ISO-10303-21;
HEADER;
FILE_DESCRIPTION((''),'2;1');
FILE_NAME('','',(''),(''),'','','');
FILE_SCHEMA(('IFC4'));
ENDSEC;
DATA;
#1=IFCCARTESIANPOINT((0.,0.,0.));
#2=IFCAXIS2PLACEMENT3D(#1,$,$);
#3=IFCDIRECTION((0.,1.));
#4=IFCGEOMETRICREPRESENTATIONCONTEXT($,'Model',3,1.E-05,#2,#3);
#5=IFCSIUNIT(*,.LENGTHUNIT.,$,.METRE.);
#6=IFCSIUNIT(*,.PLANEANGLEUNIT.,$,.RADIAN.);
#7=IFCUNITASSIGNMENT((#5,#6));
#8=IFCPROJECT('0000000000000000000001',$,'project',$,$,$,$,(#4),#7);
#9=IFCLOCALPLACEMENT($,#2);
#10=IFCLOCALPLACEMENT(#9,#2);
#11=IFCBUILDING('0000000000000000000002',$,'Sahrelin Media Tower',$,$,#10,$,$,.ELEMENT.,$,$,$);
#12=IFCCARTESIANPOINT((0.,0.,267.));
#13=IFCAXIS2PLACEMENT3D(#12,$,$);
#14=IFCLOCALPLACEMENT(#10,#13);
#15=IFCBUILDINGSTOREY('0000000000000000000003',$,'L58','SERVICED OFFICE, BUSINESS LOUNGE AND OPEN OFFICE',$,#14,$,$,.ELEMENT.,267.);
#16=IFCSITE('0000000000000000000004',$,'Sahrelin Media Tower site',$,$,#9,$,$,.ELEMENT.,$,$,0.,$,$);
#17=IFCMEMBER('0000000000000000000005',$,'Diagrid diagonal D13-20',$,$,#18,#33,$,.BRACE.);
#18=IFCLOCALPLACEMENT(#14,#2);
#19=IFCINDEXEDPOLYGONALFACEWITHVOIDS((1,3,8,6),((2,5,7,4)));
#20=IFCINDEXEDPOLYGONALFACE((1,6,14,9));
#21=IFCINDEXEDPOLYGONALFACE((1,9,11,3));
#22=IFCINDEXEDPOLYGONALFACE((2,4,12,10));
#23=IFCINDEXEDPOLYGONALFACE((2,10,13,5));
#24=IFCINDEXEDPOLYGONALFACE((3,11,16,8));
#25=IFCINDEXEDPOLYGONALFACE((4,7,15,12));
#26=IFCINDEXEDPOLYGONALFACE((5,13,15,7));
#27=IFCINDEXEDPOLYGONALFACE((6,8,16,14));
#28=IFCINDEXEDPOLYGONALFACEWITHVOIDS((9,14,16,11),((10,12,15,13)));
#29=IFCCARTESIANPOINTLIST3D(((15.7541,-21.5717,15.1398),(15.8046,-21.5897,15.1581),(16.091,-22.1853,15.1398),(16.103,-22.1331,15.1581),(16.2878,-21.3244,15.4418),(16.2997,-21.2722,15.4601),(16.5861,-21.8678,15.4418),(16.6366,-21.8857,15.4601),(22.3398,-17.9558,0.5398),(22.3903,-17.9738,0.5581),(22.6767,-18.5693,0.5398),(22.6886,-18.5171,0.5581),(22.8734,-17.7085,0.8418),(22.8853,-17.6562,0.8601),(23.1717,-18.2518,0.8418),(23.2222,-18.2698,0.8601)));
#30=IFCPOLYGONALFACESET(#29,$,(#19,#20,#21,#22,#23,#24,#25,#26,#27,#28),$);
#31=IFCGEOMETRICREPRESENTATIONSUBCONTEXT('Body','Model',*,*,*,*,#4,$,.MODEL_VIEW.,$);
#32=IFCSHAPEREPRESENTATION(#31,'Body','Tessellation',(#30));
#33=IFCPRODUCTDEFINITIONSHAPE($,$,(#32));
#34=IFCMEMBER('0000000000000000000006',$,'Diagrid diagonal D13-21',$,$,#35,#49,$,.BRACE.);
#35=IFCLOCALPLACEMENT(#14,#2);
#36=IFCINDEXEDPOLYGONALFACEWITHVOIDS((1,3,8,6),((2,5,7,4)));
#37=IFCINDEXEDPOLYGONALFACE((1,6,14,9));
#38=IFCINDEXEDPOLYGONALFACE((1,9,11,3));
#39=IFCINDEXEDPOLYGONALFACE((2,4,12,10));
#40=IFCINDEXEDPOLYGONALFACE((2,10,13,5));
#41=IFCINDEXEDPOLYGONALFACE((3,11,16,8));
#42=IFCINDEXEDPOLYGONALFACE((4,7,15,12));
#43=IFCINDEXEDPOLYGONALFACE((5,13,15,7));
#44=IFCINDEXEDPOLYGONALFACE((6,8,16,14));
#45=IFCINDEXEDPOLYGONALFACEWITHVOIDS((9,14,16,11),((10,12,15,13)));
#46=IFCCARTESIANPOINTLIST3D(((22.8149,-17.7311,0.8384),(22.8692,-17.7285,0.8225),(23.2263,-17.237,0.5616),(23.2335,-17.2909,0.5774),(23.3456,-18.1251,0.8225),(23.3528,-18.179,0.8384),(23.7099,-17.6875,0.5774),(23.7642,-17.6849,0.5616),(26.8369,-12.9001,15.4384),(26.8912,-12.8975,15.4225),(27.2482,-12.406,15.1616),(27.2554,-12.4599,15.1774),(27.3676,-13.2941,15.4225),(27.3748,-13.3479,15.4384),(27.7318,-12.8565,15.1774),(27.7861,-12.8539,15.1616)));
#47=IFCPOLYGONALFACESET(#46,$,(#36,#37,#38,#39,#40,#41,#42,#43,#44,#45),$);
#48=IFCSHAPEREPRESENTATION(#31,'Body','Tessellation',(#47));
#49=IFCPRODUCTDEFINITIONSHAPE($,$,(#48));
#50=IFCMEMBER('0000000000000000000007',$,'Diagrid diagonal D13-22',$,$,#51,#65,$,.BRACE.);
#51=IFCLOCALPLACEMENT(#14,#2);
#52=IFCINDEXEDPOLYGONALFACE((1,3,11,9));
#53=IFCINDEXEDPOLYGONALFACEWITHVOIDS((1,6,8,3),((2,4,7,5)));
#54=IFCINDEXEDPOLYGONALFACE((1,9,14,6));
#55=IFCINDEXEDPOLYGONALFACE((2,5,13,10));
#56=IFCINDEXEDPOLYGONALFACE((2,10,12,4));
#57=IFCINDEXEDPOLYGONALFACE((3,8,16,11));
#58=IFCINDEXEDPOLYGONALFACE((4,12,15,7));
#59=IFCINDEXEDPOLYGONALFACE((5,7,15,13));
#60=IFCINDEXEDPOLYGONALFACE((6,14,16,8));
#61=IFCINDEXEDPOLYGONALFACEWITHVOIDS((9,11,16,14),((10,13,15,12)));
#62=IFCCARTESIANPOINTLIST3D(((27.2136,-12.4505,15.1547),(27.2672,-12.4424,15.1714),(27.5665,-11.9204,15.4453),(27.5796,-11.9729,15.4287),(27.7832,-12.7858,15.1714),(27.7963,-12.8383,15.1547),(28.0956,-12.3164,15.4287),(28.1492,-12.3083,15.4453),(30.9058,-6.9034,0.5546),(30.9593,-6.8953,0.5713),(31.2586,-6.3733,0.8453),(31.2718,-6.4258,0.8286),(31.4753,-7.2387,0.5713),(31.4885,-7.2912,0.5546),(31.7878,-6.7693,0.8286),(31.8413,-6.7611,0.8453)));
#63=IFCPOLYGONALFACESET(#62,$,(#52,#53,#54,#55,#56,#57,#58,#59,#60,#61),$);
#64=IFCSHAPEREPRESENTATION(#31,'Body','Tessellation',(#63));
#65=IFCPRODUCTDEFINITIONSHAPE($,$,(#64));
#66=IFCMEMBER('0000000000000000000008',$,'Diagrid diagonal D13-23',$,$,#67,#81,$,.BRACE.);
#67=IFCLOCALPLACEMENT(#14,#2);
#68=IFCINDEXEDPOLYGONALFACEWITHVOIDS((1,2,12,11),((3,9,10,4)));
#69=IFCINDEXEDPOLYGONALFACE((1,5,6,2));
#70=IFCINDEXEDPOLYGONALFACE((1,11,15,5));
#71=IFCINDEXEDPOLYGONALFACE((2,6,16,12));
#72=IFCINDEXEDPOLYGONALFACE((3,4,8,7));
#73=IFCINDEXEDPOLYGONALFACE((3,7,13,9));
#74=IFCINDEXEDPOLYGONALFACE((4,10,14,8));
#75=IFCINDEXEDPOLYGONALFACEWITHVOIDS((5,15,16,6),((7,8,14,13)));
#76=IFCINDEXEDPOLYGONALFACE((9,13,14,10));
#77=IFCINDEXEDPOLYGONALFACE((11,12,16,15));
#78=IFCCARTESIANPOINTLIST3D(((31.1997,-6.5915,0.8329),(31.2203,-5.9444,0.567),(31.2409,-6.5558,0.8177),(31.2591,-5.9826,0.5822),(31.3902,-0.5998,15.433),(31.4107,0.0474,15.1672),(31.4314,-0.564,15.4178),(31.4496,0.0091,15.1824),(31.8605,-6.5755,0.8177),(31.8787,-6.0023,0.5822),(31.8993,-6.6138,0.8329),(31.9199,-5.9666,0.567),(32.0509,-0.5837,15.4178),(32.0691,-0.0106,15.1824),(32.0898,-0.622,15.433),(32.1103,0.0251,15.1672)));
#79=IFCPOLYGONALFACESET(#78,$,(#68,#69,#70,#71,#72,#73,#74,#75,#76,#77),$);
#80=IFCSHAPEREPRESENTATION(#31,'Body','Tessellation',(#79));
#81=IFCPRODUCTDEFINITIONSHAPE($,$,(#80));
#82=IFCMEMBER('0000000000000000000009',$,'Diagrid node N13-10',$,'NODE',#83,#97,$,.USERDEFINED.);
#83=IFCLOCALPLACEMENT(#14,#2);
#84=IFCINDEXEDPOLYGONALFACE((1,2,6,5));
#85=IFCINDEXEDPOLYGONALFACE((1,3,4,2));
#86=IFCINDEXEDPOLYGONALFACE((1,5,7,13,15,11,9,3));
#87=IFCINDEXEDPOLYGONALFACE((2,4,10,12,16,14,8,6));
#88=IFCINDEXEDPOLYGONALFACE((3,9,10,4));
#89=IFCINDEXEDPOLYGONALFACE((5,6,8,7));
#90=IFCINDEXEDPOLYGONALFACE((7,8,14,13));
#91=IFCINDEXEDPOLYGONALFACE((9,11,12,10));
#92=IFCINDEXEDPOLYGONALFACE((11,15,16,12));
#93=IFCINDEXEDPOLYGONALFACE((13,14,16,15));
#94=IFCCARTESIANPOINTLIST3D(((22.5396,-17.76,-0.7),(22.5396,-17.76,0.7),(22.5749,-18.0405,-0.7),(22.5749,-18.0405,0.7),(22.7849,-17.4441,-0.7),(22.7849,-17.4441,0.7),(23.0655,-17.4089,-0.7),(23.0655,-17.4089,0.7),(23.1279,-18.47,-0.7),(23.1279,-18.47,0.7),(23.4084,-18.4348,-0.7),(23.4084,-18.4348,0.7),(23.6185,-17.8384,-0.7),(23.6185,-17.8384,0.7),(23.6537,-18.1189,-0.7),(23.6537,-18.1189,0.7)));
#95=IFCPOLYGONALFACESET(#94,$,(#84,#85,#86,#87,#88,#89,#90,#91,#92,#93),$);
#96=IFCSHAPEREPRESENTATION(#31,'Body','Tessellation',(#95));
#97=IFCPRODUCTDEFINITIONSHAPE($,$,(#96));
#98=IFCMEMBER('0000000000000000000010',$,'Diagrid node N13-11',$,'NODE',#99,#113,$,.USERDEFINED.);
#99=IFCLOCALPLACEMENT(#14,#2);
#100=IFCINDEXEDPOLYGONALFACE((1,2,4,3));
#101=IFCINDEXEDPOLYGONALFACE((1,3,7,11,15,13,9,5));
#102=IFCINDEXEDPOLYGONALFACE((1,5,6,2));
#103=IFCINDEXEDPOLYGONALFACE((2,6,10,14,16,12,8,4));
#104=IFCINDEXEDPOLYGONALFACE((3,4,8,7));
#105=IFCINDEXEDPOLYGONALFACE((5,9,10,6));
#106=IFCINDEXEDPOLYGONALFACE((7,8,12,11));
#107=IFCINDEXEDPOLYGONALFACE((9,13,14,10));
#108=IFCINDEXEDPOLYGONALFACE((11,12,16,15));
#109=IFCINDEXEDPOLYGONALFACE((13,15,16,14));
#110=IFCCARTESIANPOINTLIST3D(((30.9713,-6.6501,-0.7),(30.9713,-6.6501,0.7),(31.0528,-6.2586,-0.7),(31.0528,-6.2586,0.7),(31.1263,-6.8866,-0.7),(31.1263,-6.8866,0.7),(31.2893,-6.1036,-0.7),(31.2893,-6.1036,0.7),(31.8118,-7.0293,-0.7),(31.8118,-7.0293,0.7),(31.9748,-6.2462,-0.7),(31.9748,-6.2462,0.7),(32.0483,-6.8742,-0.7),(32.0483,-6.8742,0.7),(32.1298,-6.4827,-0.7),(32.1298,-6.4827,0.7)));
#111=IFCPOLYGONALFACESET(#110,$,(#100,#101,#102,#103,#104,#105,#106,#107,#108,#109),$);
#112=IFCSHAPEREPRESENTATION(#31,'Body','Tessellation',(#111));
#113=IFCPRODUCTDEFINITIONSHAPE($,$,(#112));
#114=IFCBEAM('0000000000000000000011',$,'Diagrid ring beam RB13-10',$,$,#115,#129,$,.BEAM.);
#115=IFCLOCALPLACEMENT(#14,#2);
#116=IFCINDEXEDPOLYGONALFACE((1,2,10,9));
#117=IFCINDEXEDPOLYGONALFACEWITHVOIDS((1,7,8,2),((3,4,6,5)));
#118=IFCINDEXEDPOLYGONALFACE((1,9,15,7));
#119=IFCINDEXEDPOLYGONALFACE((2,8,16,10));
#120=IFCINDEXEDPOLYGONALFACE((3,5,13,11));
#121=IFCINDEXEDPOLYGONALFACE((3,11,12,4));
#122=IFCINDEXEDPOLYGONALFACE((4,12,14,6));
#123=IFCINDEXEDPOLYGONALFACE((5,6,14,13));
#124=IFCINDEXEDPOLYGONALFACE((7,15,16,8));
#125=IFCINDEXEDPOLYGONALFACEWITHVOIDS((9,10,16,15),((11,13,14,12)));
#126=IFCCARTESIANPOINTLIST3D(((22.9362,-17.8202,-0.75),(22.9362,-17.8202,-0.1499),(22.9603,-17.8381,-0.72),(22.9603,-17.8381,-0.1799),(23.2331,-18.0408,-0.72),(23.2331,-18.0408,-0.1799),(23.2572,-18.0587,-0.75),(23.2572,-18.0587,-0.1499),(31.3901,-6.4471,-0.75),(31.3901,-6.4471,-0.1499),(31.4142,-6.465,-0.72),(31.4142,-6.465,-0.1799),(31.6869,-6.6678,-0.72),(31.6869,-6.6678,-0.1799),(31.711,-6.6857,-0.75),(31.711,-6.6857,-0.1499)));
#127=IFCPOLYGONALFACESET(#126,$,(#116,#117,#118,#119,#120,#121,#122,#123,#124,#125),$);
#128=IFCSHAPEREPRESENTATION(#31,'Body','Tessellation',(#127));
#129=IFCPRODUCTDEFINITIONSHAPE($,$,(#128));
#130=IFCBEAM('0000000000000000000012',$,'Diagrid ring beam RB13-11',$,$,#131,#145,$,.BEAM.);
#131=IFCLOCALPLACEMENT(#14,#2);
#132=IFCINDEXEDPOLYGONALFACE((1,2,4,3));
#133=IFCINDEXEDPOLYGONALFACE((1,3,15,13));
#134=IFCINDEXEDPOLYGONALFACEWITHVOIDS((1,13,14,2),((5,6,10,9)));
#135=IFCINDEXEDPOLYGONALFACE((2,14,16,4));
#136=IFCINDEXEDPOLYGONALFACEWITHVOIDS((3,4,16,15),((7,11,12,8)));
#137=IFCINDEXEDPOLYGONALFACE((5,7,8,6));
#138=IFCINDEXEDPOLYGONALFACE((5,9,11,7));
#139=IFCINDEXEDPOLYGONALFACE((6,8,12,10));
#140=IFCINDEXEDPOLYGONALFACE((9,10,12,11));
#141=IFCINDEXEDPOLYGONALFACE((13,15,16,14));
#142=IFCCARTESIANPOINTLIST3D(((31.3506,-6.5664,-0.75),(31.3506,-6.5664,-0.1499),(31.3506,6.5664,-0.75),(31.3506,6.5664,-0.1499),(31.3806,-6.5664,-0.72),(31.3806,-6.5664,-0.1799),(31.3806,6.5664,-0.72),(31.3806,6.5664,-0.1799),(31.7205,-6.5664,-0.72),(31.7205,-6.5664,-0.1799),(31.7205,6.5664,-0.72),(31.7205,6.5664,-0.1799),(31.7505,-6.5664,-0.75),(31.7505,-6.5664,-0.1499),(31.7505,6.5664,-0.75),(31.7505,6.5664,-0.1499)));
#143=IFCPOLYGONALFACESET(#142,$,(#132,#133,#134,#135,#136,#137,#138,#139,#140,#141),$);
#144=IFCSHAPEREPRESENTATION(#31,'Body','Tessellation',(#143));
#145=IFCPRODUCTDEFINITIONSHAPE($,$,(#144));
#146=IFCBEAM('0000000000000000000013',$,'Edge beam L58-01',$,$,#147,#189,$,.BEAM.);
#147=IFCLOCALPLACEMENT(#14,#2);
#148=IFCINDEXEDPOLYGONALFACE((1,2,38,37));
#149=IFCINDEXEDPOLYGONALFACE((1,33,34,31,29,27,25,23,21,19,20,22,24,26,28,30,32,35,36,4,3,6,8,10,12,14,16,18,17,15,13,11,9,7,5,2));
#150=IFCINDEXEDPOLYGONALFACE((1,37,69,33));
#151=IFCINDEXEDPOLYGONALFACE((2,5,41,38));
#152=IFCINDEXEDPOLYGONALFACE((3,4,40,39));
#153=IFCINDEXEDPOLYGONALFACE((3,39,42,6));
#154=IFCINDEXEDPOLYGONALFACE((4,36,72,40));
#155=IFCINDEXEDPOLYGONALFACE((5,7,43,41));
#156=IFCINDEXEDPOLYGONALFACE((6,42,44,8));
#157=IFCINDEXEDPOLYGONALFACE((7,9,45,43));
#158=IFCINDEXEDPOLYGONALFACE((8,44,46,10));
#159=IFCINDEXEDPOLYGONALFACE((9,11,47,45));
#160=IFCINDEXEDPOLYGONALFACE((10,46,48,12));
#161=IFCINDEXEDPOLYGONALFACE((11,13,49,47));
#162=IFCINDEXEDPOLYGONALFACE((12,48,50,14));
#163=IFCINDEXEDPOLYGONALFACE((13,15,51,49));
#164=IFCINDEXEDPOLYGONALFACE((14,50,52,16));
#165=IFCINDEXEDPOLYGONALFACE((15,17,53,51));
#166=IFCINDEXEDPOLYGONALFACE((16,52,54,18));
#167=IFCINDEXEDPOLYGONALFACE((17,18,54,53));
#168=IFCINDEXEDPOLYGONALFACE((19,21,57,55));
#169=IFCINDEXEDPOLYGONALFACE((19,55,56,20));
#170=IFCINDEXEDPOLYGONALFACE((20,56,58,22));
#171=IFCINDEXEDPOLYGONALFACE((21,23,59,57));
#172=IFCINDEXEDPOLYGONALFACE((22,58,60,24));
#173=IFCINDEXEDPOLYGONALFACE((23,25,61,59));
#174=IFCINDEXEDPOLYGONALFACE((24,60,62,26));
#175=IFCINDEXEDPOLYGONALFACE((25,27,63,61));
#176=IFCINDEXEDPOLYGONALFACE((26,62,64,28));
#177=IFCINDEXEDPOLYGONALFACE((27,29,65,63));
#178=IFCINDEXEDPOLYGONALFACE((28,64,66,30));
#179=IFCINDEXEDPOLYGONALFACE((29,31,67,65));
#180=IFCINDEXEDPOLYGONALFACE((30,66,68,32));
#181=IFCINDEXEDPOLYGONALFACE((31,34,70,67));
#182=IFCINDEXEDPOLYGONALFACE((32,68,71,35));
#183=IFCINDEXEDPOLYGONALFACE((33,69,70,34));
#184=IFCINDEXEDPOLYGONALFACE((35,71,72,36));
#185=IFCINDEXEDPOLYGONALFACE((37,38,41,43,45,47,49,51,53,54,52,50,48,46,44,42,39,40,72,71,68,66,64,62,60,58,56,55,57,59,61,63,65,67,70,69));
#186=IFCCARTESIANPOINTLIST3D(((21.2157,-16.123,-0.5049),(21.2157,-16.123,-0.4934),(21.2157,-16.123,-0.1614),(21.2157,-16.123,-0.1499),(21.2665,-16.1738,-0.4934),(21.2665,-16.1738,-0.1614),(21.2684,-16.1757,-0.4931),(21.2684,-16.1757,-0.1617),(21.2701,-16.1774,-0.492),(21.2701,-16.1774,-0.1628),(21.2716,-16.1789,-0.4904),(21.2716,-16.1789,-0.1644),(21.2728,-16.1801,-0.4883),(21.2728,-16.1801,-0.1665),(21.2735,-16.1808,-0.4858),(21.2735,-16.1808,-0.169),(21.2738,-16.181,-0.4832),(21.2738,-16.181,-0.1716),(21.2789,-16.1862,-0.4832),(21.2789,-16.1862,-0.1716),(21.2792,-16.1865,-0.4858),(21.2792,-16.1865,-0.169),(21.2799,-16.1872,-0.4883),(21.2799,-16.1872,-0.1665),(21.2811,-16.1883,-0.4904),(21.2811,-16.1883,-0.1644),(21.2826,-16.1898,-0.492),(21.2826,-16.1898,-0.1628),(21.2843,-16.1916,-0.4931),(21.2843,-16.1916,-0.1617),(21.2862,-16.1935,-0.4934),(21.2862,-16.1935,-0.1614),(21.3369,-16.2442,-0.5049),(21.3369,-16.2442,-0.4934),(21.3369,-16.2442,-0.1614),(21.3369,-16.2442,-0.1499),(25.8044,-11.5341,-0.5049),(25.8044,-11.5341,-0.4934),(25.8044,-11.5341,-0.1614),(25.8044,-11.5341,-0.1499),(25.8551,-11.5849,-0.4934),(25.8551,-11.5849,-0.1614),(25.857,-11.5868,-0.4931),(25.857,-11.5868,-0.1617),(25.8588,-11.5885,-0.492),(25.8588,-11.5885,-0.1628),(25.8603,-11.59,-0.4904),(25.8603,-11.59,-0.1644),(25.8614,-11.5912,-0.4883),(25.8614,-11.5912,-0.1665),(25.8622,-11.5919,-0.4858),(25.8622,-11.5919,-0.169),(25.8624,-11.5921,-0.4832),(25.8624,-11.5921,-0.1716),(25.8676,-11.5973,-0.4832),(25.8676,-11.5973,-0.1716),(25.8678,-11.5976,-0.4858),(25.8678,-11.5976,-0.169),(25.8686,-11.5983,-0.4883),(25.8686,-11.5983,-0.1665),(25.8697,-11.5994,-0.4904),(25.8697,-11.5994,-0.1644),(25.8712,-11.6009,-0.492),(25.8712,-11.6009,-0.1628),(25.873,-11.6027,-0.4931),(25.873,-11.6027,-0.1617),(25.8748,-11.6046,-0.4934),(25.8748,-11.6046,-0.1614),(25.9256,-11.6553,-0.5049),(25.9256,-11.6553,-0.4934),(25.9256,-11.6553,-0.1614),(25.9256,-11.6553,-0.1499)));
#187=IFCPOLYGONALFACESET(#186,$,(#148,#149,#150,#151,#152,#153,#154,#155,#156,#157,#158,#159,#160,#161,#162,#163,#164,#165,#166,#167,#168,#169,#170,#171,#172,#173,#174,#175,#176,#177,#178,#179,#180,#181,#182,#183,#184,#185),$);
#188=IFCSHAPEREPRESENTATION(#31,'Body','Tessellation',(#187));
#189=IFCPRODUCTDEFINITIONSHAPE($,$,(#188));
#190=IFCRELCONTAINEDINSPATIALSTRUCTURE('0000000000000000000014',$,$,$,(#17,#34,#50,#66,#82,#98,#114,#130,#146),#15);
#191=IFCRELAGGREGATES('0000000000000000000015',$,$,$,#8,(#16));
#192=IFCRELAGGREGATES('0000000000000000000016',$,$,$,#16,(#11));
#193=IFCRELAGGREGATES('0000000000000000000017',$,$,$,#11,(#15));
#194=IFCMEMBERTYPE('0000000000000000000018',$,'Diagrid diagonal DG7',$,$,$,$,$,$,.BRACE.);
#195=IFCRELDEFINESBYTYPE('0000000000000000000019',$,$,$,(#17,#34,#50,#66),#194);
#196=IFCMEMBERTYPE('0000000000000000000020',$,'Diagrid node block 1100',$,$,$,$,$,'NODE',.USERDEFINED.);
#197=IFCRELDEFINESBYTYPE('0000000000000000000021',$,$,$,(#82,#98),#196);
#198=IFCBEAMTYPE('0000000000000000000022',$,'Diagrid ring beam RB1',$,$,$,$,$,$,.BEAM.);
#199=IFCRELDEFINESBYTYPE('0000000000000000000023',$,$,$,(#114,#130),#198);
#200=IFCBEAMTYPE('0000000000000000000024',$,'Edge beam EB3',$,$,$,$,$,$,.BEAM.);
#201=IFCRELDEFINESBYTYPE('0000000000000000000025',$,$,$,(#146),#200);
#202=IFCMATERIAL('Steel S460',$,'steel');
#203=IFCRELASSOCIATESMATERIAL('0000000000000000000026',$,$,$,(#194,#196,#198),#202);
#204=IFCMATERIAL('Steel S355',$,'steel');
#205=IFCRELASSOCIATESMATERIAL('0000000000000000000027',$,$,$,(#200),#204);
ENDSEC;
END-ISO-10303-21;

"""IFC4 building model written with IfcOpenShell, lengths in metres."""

from ifc_helpers import new_model, si_unit, direction, frame, origin, origin_2d, place, context, subcontext, project, spatial, polyline, hollow_rectangle, i_section, outline, extrude, material, material_profile, profile_set, type_object, element, save


model = new_model("IFC4")

# Units and contexts
model_context = context("Model", 3, precision=1e-05, world=origin(), true_north=direction((0.0, 1.0)))
body_context = subcontext(model_context, "Body", "Model", "MODEL_VIEW")
ifc_project = project(units=[si_unit("LENGTHUNIT", "METRE"), si_unit("PLANEANGLEUNIT", "RADIAN")], contexts=[model_context])

# Site, building, storey
site_placement = place(None, origin())
site = spatial("IfcSite", under=ifc_project, at=site_placement, Name="Sahrelin Media Tower site", CompositionType="ELEMENT", RefElevation=0.0)
building_placement = place(site_placement, origin())
building = spatial("IfcBuilding", under=site, at=building_placement, Name="Sahrelin Media Tower", CompositionType="ELEMENT")
storey_placement = place(building_placement, frame((0.0, 0.0, 267.0)))
storey = spatial("IfcBuildingStorey", under=building, at=storey_placement, Name="L58", Description="SERVICED OFFICE, BUSINESS LOUNGE AND OPEN OFFICE", CompositionType="ELEMENT", Elevation=267.0)

# Members
ifc_material_1 = material(Name="Steel S460", Category="steel")
ifc_material_profile_1 = material_profile(ifc_material_1, hollow_rectangle(XDim=0.7, YDim=0.7, WallThickness=0.04, at=origin_2d()), Name="Diagrid diagonal DG7")
ifc_profile_set_1 = profile_set([ifc_material_profile_1], Name="Steel S460")
member_type_1 = type_object("IfcMemberType", Name="Diagrid diagonal DG7", PredefinedType="BRACE", material=ifc_profile_set_1)
member_1_placement = place(storey_placement, frame((22.781, -18.1128, 0.7), z_axis=(-0.401083, -0.22022, 0.889177), x_axis=(0.481289, -0.876562, 0.0)))
element("IfcMember", 1, at=member_1_placement, inside=storey, type_object=member_type_1, Name="Diagrid diagonal D13-20", PredefinedType="BRACE", context=body_context, shape_type="SweptSolid", body=[
    extrude(hollow_rectangle(XDim=0.7, YDim=0.7, WallThickness=0.04, at=origin_2d()), origin(), (0.0, 0.0, 1.0), 16.4197),
])
member_2_placement = place(storey_placement, frame((23.2896, -17.708, 0.7), z_axis=(0.25302, 0.303919, 0.918485), x_axis=(-0.768527, 0.639818, 0.0)))
element("IfcMember", 2, at=member_2_placement, inside=storey, type_object=member_type_1, Name="Diagrid diagonal D13-21", PredefinedType="BRACE", context=body_context, shape_type="SweptSolid", body=[
    extrude(hollow_rectangle(XDim=0.7, YDim=0.7, WallThickness=0.04, at=origin_2d()), origin(), (0.0, 0.0, 1.0), 15.8958),
])
member_3_placement = place(storey_placement, frame((31.3735, -6.8323, 0.7), z_axis=(-0.230056, -0.34564, 0.909729), x_axis=(0.832462, -0.554083, 0.0)))
element("IfcMember", 3, at=member_3_placement, inside=storey, type_object=member_type_1, Name="Diagrid diagonal D13-22", PredefinedType="BRACE", context=body_context, shape_type="SweptSolid", body=[
    extrude(hollow_rectangle(XDim=0.7, YDim=0.7, WallThickness=0.04, at=origin_2d()), origin(), (0.0, 0.0, 1.0), 16.0488),
])
member_4_placement = place(storey_placement, frame((31.5598, -6.2791, 0.7), z_axis=(0.012066, 0.379633, 0.925059), x_axis=(-0.999495, 0.031766, 0.0)))
element("IfcMember", 4, at=member_4_placement, inside=storey, type_object=member_type_1, Name="Diagrid diagonal D13-23", PredefinedType="BRACE", context=body_context, shape_type="SweptSolid", body=[
    extrude(hollow_rectangle(XDim=0.7, YDim=0.7, WallThickness=0.04, at=origin_2d()), origin(), (0.0, 0.0, 1.0), 15.783),
])
ifc_material_profile_2 = material_profile(ifc_material_1, outline(polyline([(0.3501, -0.3999), (0.55, -0.2), (0.55, 0.2), (0.3501, 0.3999), (-0.3501, 0.3999), (-0.55, 0.2), (-0.55, -0.2), (-0.3501, -0.3999), (0.3501, -0.3999)])), Name="Diagrid node block 1100")
ifc_profile_set_2 = profile_set([ifc_material_profile_2], Name="Steel S460")
member_type_2 = type_object("IfcMemberType", Name="Diagrid node block 1100", ElementType="NODE", PredefinedType="USERDEFINED", material=ifc_profile_set_2)
for number, where, z_axis, x_axis, name in (
    (5, (23.0967, -17.9395, -0.7), (0.0, 0.0, 1.0), (0.78976, -0.613416, 0.0), "Diagrid node N13-10"),
    (6, (31.5505, -6.5664, -0.7), (0.0, 0.0, 1.0), (0.979022, -0.203755, 0.0), "Diagrid node N13-11"),
):
    element("IfcMember", number, at=place(storey_placement, frame(where, z_axis=z_axis, x_axis=x_axis)), inside=storey, type_object=member_type_2, Name=name, ObjectType="NODE", PredefinedType="USERDEFINED", context=body_context, shape_type="SweptSolid", body=[
        extrude(outline(polyline([(0.3501, -0.3999), (0.55, -0.2), (0.55, 0.2), (0.3501, 0.3999), (-0.3501, 0.3999), (-0.55, 0.2), (-0.55, -0.2), (-0.3501, -0.3999), (0.3501, -0.3999)])), origin(), (0.0, 0.0, 1.0), 1.3999),
    ])

# Beams
ifc_material_profile_3 = material_profile(ifc_material_1, hollow_rectangle(XDim=0.3999, YDim=0.6001, WallThickness=0.03, at=origin_2d()), Name="Diagrid ring beam RB1")
ifc_profile_set_3 = profile_set([ifc_material_profile_3], Name="Steel S460")
beam_type_1 = type_object("IfcBeamType", Name="Diagrid ring beam RB1", PredefinedType="BEAM", material=ifc_profile_set_3)
beam_1_placement = place(storey_placement, frame((23.0967, -17.9395, -0.45), z_axis=(0.596565, 0.802564, 0.0), x_axis=(-0.802564, 0.596565, 0.0)))
element("IfcBeam", 7, at=beam_1_placement, inside=storey, type_object=beam_type_1, Name="Diagrid ring beam RB13-10", PredefinedType="BEAM", context=body_context, shape_type="SweptSolid", body=[
    extrude(hollow_rectangle(XDim=0.3999, YDim=0.6001, WallThickness=0.03, at=origin_2d()), origin(), (0.0, 0.0, 1.0), 14.1709),
])
beam_2_placement = place(storey_placement, frame((31.5505, -6.5664, -0.45), z_axis=(0.0, 1.0, 0.0), x_axis=(-1.0, 0.0, 0.0)))
element("IfcBeam", 8, at=beam_2_placement, inside=storey, type_object=beam_type_1, Name="Diagrid ring beam RB13-11", PredefinedType="BEAM", context=body_context, shape_type="SweptSolid", body=[
    extrude(hollow_rectangle(XDim=0.3999, YDim=0.6001, WallThickness=0.03, at=origin_2d()), origin(), (0.0, 0.0, 1.0), 13.1328),
])
ifc_material_2 = material(Name="Steel S355", Category="steel")
ifc_material_profile_4 = material_profile(ifc_material_2, i_section(OverallWidth=0.1714, OverallDepth=0.355, WebThickness=0.0073, FlangeThickness=0.0115, FilletRadius=0.0103, at=origin_2d()), Name="UB 356x171x51")
ifc_profile_set_4 = profile_set([ifc_material_profile_4], Name="Steel S355")
beam_type_2 = type_object("IfcBeamType", Name="Edge beam EB3", PredefinedType="BEAM", material=ifc_profile_set_4)
beam_3_placement = place(storey_placement, frame((25.865, -11.5947, -0.3274), z_axis=(-0.707088, -0.707126, 0.0), x_axis=(0.707126, -0.707088, 0.0)))
element("IfcBeam", 9, at=beam_3_placement, inside=storey, type_object=beam_type_2, Name="Edge beam L58-01", PredefinedType="BEAM", context=body_context, shape_type="SweptSolid", body=[
    extrude(i_section(OverallWidth=0.1714, OverallDepth=0.355, WebThickness=0.0073, FlangeThickness=0.0115, FilletRadius=0.0103, at=origin_2d()), origin(), (0.0, 0.0, 1.0), 6.4895),
])

save(model, "model.ifc")
